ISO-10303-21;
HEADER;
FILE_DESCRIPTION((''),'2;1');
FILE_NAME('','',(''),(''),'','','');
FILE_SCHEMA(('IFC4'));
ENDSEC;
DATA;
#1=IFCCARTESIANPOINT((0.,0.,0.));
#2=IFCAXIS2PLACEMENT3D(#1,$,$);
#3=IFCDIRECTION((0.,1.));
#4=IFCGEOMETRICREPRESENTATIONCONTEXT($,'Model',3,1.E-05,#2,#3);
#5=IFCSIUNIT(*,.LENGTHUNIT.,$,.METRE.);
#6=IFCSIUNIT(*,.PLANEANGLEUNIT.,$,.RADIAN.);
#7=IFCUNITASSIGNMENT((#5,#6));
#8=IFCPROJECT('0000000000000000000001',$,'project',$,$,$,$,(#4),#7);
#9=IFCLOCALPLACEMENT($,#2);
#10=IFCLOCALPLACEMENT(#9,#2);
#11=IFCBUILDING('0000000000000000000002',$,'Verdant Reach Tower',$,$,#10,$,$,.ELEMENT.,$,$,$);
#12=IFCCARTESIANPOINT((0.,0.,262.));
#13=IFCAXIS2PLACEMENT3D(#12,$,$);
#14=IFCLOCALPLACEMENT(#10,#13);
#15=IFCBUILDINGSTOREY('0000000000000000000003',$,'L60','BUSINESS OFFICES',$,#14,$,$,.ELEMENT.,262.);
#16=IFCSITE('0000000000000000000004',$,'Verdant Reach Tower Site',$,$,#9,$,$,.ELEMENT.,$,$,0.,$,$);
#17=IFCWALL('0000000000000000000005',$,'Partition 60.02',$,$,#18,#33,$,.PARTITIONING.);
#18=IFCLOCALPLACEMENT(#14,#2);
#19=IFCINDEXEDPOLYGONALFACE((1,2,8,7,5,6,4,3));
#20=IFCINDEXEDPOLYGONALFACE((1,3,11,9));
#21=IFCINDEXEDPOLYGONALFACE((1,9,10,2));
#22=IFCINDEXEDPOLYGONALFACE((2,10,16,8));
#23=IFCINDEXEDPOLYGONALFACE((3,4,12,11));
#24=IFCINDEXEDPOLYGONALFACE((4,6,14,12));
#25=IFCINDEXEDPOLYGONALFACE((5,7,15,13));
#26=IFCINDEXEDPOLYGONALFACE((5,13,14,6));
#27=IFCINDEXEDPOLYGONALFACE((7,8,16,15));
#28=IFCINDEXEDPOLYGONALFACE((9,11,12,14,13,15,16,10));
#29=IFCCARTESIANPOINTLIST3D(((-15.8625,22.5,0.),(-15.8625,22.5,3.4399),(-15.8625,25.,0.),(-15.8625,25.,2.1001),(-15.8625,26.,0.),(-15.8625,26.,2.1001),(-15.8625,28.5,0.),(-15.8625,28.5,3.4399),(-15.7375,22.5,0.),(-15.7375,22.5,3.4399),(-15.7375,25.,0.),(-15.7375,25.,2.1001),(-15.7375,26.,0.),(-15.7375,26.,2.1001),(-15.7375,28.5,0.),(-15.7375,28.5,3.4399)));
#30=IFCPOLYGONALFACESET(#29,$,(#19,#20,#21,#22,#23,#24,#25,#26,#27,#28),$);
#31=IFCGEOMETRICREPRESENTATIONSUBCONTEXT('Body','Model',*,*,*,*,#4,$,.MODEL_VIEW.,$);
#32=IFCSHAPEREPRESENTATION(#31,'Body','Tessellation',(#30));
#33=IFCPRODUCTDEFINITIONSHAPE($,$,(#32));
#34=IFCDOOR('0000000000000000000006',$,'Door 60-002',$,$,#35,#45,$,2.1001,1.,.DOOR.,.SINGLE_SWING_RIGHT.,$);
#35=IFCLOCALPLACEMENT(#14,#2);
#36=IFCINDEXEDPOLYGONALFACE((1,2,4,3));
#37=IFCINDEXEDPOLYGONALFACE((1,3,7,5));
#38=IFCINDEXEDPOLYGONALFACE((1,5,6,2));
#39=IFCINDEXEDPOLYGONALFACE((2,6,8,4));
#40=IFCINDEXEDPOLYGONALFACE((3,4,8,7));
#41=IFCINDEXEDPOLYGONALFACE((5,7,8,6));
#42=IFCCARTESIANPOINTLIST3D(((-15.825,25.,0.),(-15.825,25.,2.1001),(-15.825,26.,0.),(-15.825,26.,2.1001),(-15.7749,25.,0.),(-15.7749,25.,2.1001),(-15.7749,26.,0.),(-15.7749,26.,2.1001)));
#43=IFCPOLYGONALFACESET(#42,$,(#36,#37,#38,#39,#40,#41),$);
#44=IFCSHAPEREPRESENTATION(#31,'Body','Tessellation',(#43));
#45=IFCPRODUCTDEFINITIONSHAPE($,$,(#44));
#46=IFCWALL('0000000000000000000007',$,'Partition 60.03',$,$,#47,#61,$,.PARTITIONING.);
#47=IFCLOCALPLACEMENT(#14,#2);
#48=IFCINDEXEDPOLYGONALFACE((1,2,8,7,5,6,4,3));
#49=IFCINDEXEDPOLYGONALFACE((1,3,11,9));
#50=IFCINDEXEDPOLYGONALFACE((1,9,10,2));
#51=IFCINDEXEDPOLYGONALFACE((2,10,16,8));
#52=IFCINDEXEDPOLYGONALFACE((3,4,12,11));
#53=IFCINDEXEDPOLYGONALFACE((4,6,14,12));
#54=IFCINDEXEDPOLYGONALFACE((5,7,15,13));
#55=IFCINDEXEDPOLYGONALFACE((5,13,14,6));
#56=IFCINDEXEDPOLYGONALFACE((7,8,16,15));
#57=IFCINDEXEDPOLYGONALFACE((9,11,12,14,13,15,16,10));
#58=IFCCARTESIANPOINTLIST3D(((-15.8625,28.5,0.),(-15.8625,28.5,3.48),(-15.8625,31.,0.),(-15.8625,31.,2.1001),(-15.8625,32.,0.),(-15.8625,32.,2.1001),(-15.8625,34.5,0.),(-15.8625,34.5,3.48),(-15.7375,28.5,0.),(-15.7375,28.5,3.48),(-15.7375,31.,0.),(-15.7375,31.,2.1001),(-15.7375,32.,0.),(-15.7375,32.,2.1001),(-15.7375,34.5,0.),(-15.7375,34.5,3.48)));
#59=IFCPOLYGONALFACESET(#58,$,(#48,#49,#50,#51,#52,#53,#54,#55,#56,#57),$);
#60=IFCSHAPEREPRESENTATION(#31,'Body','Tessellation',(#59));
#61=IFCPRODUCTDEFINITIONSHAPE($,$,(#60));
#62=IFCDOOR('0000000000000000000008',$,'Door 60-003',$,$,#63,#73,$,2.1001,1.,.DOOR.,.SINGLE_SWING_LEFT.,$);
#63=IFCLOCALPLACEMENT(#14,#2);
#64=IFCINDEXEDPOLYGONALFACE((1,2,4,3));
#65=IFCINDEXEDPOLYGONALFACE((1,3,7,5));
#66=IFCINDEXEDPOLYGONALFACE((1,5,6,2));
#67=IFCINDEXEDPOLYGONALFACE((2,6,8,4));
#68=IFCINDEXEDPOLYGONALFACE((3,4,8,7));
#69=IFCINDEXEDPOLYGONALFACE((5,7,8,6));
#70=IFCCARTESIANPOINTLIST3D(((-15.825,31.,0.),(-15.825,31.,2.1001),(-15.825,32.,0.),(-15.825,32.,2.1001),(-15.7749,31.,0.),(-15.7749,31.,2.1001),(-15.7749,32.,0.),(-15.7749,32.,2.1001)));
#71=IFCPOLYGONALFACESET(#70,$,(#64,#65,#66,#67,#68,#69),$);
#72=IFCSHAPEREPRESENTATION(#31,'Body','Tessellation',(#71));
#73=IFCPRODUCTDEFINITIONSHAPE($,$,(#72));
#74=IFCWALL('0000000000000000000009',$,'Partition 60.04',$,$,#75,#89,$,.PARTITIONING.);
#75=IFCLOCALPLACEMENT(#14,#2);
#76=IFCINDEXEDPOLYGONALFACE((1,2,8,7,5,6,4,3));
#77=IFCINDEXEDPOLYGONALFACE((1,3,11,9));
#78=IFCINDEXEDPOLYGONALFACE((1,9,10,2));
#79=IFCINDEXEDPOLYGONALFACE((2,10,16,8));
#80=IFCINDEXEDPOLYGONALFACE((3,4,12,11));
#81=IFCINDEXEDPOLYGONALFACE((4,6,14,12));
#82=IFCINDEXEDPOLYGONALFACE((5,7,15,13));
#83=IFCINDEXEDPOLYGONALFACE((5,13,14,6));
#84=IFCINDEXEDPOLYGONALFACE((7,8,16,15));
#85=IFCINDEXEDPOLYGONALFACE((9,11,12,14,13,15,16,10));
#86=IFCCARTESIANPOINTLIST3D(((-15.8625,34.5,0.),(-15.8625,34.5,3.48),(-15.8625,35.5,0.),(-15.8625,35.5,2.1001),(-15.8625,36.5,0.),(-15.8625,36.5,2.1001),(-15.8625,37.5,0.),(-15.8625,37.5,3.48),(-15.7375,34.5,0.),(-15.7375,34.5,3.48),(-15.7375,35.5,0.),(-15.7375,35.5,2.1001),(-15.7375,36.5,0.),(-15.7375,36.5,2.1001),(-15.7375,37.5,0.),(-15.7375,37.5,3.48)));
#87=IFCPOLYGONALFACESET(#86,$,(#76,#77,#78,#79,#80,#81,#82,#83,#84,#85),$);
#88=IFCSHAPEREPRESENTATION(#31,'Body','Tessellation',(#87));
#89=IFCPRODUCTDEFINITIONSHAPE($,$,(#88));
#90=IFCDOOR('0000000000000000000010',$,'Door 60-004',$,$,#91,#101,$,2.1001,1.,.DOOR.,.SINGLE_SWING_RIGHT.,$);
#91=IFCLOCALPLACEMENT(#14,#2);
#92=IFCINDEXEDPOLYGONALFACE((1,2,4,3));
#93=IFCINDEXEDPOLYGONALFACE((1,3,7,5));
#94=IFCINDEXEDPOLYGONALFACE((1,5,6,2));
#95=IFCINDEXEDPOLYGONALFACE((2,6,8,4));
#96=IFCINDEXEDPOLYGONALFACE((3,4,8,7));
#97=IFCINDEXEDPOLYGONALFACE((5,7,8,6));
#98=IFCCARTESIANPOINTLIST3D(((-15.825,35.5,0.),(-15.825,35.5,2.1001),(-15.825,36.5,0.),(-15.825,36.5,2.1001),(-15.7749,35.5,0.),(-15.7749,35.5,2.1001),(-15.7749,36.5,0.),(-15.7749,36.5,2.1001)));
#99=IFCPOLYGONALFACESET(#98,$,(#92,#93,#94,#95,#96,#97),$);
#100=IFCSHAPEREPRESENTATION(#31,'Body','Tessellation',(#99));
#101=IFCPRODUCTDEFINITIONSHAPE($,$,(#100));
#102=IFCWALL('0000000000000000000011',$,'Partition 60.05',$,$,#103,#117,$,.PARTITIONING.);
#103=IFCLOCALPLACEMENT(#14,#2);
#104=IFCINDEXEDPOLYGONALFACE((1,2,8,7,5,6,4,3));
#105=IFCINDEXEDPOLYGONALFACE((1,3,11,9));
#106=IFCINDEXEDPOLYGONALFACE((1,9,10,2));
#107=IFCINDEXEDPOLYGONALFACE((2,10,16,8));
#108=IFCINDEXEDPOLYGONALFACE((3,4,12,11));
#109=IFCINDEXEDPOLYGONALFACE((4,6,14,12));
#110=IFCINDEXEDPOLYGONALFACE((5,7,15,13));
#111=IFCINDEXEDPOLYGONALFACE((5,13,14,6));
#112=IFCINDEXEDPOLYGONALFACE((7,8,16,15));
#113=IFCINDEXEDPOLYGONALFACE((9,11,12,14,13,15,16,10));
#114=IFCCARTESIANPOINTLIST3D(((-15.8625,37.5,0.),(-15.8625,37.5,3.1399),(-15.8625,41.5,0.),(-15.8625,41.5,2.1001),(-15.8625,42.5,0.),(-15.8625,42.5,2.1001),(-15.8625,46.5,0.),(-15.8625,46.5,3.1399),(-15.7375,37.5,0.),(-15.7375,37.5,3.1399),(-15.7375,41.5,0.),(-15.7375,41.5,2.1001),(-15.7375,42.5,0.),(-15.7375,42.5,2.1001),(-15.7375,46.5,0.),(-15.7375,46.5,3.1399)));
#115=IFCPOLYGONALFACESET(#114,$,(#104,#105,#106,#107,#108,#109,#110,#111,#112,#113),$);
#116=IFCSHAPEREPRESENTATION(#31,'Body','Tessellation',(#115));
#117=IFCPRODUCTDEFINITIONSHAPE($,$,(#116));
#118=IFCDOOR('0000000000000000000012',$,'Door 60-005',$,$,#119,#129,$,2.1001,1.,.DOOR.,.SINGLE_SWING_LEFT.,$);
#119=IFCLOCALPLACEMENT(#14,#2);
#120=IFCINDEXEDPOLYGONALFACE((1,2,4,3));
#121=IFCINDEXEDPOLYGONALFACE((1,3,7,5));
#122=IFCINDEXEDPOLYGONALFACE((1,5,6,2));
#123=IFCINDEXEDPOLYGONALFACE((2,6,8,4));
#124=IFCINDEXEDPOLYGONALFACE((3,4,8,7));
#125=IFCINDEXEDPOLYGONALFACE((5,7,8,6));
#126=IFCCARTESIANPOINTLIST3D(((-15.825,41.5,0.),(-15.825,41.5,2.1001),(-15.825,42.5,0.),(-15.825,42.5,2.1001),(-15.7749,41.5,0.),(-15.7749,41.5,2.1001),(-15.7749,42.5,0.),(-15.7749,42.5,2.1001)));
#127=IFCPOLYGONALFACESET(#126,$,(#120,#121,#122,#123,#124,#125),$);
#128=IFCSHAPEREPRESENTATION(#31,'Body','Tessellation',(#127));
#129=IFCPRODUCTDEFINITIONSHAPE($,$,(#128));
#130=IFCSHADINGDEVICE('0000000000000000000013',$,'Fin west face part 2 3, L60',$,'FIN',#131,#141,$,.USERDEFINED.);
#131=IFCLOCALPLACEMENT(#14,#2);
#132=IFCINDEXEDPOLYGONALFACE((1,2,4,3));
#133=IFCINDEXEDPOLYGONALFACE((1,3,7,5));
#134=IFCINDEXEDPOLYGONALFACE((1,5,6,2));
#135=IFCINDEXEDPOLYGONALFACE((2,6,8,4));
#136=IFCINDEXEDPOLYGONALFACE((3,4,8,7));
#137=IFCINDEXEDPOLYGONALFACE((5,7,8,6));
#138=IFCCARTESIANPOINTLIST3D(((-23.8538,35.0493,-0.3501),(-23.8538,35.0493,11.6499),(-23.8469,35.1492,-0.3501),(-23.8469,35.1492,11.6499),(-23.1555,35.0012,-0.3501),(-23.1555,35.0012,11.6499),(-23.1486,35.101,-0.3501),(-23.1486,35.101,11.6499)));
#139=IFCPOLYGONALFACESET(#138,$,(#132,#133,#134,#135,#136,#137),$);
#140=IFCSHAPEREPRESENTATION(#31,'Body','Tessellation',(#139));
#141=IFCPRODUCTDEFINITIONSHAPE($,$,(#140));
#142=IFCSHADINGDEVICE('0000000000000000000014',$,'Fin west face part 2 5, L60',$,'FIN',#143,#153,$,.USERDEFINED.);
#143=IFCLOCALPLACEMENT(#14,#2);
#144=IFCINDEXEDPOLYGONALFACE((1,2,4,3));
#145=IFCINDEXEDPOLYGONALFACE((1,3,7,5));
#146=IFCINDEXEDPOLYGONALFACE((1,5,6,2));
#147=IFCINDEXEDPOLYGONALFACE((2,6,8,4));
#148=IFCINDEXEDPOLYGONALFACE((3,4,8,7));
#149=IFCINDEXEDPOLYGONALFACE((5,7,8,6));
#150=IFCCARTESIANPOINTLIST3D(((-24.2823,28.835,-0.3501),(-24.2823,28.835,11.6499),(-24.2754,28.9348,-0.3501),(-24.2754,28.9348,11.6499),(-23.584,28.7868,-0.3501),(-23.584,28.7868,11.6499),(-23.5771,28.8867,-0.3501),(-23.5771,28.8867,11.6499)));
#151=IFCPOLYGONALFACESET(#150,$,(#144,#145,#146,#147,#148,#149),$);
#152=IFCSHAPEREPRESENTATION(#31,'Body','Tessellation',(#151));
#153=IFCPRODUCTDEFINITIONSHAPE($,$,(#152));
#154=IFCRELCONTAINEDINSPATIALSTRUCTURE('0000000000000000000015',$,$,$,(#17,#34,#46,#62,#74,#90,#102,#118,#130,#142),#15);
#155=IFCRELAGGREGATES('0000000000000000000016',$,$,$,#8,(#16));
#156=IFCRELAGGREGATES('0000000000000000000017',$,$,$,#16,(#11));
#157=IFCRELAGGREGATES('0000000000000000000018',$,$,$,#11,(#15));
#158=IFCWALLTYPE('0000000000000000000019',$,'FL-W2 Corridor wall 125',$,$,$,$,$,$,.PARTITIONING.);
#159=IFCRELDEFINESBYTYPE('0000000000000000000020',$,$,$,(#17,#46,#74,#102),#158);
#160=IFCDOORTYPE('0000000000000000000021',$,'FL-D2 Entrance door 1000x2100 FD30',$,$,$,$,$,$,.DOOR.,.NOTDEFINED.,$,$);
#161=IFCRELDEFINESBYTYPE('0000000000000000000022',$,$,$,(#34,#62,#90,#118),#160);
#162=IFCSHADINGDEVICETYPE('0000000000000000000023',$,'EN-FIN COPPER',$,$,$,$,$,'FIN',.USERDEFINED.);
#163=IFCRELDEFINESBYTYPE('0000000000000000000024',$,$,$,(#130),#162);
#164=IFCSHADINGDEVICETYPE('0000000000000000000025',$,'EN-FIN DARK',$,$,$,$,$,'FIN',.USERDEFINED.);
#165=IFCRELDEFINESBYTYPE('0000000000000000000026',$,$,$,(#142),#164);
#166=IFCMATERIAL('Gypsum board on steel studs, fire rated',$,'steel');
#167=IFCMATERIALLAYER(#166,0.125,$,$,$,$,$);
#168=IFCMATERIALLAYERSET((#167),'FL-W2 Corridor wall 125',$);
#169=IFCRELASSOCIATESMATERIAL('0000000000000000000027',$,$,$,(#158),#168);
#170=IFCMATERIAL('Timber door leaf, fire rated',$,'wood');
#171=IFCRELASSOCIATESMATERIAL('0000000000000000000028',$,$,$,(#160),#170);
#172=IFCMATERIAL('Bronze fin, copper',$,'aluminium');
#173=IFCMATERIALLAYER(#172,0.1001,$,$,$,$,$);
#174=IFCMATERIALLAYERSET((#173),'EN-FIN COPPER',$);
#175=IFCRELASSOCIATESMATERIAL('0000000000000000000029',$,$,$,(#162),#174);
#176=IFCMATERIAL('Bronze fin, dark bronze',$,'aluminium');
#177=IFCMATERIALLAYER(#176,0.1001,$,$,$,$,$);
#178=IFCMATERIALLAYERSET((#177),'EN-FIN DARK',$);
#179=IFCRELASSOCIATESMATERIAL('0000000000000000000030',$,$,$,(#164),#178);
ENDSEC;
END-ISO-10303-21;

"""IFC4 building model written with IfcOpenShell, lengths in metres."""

from ifc_helpers import new_model, si_unit, direction, frame, frame_2d, origin, origin_2d, place, context, subcontext, project, spatial, rectangle, extrude, material, layer, layer_set, type_object, element, fill, save


model = new_model("IFC4")

# Units and contexts
model_context = context("Model", 3, precision=1e-05, world=origin(), true_north=direction((0.0, 1.0)))
body_context = subcontext(model_context, "Body", "Model", "MODEL_VIEW")
ifc_project = project(units=[si_unit("LENGTHUNIT", "METRE"), si_unit("PLANEANGLEUNIT", "RADIAN")], contexts=[model_context])

# Site, building, storey
site_placement = place(None, origin())
site = spatial("IfcSite", under=ifc_project, at=site_placement, Name="Verdant Reach Tower Site", CompositionType="ELEMENT", RefElevation=0.0)
building_placement = place(site_placement, origin())
building = spatial("IfcBuilding", under=site, at=building_placement, Name="Verdant Reach Tower", CompositionType="ELEMENT")
storey_placement = place(building_placement, frame((0.0, 0.0, 262.0)))
storey = spatial("IfcBuildingStorey", under=building, at=storey_placement, Name="L60", Description="BUSINESS OFFICES", CompositionType="ELEMENT", Elevation=262.0)

# Walls, openings, doors
ifc_material_1 = material(Name="Gypsum board on steel studs, fire rated", Category="steel")
ifc_layer_1 = layer(ifc_material_1, 0.125)
ifc_layer_set_1 = layer_set([ifc_layer_1], Name="FL-W2 Corridor wall 125")
wall_type_1 = type_object("IfcWallType", Name="FL-W2 Corridor wall 125", PredefinedType="PARTITIONING", material=ifc_layer_set_1)
wall_1_placement = place(storey_placement, frame((-15.8, 22.5, 0.0), z_axis=(0.0, 0.0, 1.0), x_axis=(0.0, 1.0, 0.0)))
wall_1 = element("IfcWall", 1, at=wall_1_placement, inside=storey, type_object=wall_type_1, Name="Partition 60.02", PredefinedType="PARTITIONING", context=body_context, shape_type="SweptSolid", body=[
    extrude(rectangle(XDim=6.0, YDim=0.125, at=frame_2d((3.0, 0.0))), origin(), (0.0, 0.0, 1.0), 3.4399),
])
opening_1_placement = place(wall_1_placement, frame((2.5, 0.0, 0.0)))
opening_1 = element("IfcOpeningElement", 2, at=opening_1_placement, cuts=wall_1, PredefinedType="OPENING", context=body_context, shape_type="SweptSolid", body=[
    extrude(rectangle(XDim=1.0, YDim=2.1001, at=frame_2d((0.5, 1.05))), frame((0.0, 0.0725, 0.0), z_axis=(0.0, -1.0, 0.0), x_axis=(1.0, 0.0, 0.0)), (0.0, 0.0, 1.0), 0.145),
])
ifc_material_2 = material(Name="Timber door leaf, fire rated", Category="wood")
door_type = type_object("IfcDoorType", Name="FL-D2 Entrance door 1000x2100 FD30", OperationType="NOTDEFINED", PredefinedType="DOOR", material=ifc_material_2)
door_1_placement = place(opening_1_placement, origin())
door_1 = element("IfcDoor", 3, at=door_1_placement, inside=storey, type_object=door_type, Name="Door 60-002", OperationType="SINGLE_SWING_RIGHT", OverallHeight=2.1001, OverallWidth=1.0, PredefinedType="DOOR", context=body_context, shape_type="SweptSolid", body=[
    extrude(rectangle(XDim=1.0, YDim=2.1001, at=frame_2d((0.5, 1.05))), frame((0.0, 0.0249, 0.0), z_axis=(0.0, -1.0, 0.0), x_axis=(1.0, 0.0, 0.0)), (0.0, 0.0, 1.0), 0.05),
])
fill(opening_1, door_1)
wall_2_placement = place(storey_placement, frame((-15.8, 28.5, 0.0), z_axis=(0.0, 0.0, 1.0), x_axis=(0.0, 1.0, 0.0)))
wall_2 = element("IfcWall", 4, at=wall_2_placement, inside=storey, type_object=wall_type_1, Name="Partition 60.03", PredefinedType="PARTITIONING", context=body_context, shape_type="SweptSolid", body=[
    extrude(rectangle(XDim=6.0, YDim=0.125, at=frame_2d((3.0, 0.0))), origin(), (0.0, 0.0, 1.0), 3.48),
])
opening_2_placement = place(wall_2_placement, frame((2.5, 0.0, 0.0)))
opening_2 = element("IfcOpeningElement", 5, at=opening_2_placement, cuts=wall_2, PredefinedType="OPENING", context=body_context, shape_type="SweptSolid", body=[
    extrude(rectangle(XDim=1.0, YDim=2.1001, at=frame_2d((0.5, 1.05))), frame((0.0, 0.0725, 0.0), z_axis=(0.0, -1.0, 0.0), x_axis=(1.0, 0.0, 0.0)), (0.0, 0.0, 1.0), 0.145),
])
door_2_placement = place(opening_2_placement, origin())
door_2 = element("IfcDoor", 6, at=door_2_placement, inside=storey, type_object=door_type, Name="Door 60-003", OperationType="SINGLE_SWING_LEFT", OverallHeight=2.1001, OverallWidth=1.0, PredefinedType="DOOR", context=body_context, shape_type="SweptSolid", body=[
    extrude(rectangle(XDim=1.0, YDim=2.1001, at=frame_2d((0.5, 1.05))), frame((0.0, 0.0249, 0.0), z_axis=(0.0, -1.0, 0.0), x_axis=(1.0, 0.0, 0.0)), (0.0, 0.0, 1.0), 0.05),
])
fill(opening_2, door_2)
wall_3_placement = place(storey_placement, frame((-15.8, 34.5, 0.0), z_axis=(0.0, 0.0, 1.0), x_axis=(0.0, 1.0, 0.0)))
wall_3 = element("IfcWall", 7, at=wall_3_placement, inside=storey, type_object=wall_type_1, Name="Partition 60.04", PredefinedType="PARTITIONING", context=body_context, shape_type="SweptSolid", body=[
    extrude(rectangle(XDim=3.0, YDim=0.125, at=frame_2d((1.5, 0.0))), origin(), (0.0, 0.0, 1.0), 3.48),
])
opening_3_placement = place(wall_3_placement, frame((1.0, 0.0, 0.0)))
opening_3 = element("IfcOpeningElement", 8, at=opening_3_placement, cuts=wall_3, PredefinedType="OPENING", context=body_context, shape_type="SweptSolid", body=[
    extrude(rectangle(XDim=1.0, YDim=2.1001, at=frame_2d((0.5, 1.05))), frame((0.0, 0.0725, 0.0), z_axis=(0.0, -1.0, 0.0), x_axis=(1.0, 0.0, 0.0)), (0.0, 0.0, 1.0), 0.145),
])
door_3_placement = place(opening_3_placement, origin())
door_3 = element("IfcDoor", 9, at=door_3_placement, inside=storey, type_object=door_type, Name="Door 60-004", OperationType="SINGLE_SWING_RIGHT", OverallHeight=2.1001, OverallWidth=1.0, PredefinedType="DOOR", context=body_context, shape_type="SweptSolid", body=[
    extrude(rectangle(XDim=1.0, YDim=2.1001, at=frame_2d((0.5, 1.05))), frame((0.0, 0.0249, 0.0), z_axis=(0.0, -1.0, 0.0), x_axis=(1.0, 0.0, 0.0)), (0.0, 0.0, 1.0), 0.05),
])
fill(opening_3, door_3)
wall_4_placement = place(storey_placement, frame((-15.8, 37.5, 0.0), z_axis=(0.0, 0.0, 1.0), x_axis=(0.0, 1.0, 0.0)))
wall_4 = element("IfcWall", 10, at=wall_4_placement, inside=storey, type_object=wall_type_1, Name="Partition 60.05", PredefinedType="PARTITIONING", context=body_context, shape_type="SweptSolid", body=[
    extrude(rectangle(XDim=9.0, YDim=0.125, at=frame_2d((4.5, 0.0))), origin(), (0.0, 0.0, 1.0), 3.1399),
])
opening_4_placement = place(wall_4_placement, frame((4.0, 0.0, 0.0)))
opening_4 = element("IfcOpeningElement", 11, at=opening_4_placement, cuts=wall_4, PredefinedType="OPENING", context=body_context, shape_type="SweptSolid", body=[
    extrude(rectangle(XDim=1.0, YDim=2.1001, at=frame_2d((0.5, 1.05))), frame((0.0, 0.0725, 0.0), z_axis=(0.0, -1.0, 0.0), x_axis=(1.0, 0.0, 0.0)), (0.0, 0.0, 1.0), 0.145),
])
door_4_placement = place(opening_4_placement, origin())
door_4 = element("IfcDoor", 12, at=door_4_placement, inside=storey, type_object=door_type, Name="Door 60-005", OperationType="SINGLE_SWING_LEFT", OverallHeight=2.1001, OverallWidth=1.0, PredefinedType="DOOR", context=body_context, shape_type="SweptSolid", body=[
    extrude(rectangle(XDim=1.0, YDim=2.1001, at=frame_2d((0.5, 1.05))), frame((0.0, 0.0249, 0.0), z_axis=(0.0, -1.0, 0.0), x_axis=(1.0, 0.0, 0.0)), (0.0, 0.0, 1.0), 0.05),
])
fill(opening_4, door_4)

# Shading devices
ifc_material_3 = material(Name="Bronze fin, copper", Category="aluminium")
ifc_layer_2 = layer(ifc_material_3, 0.1001)
ifc_layer_set_2 = layer_set([ifc_layer_2], Name="EN-FIN COPPER")
shading_device_type_1 = type_object("IfcShadingDeviceType", Name="EN-FIN COPPER", ElementType="FIN", PredefinedType="USERDEFINED", material=ifc_layer_set_2)
shading_device_1_placement = place(storey_placement, frame((-23.5012, 35.0752, -0.3501), z_axis=(0.0, 0.0, 1.0), x_axis=(-0.068802, -0.99763, 0.0)))
element("IfcShadingDevice", 13, at=shading_device_1_placement, inside=storey, type_object=shading_device_type_1, Name="Fin west face part 2 3, L60", ObjectType="FIN", PredefinedType="USERDEFINED", context=body_context, shape_type="SweptSolid", body=[
    extrude(rectangle(XDim=0.1001, YDim=0.7, at=origin_2d()), origin(), (0.0, 0.0, 1.0), 12.0),
])
ifc_material_4 = material(Name="Bronze fin, dark bronze", Category="aluminium")
ifc_layer_3 = layer(ifc_material_4, 0.1001)
ifc_layer_set_3 = layer_set([ifc_layer_3], Name="EN-FIN DARK")
shading_device_type_2 = type_object("IfcShadingDeviceType", Name="EN-FIN DARK", ElementType="FIN", PredefinedType="USERDEFINED", material=ifc_layer_set_3)
shading_device_2_placement = place(storey_placement, frame((-23.9297, 28.8608, -0.3501), z_axis=(0.0, 0.0, 1.0), x_axis=(-0.068802, -0.99763, 0.0)))
element("IfcShadingDevice", 14, at=shading_device_2_placement, inside=storey, type_object=shading_device_type_2, Name="Fin west face part 2 5, L60", ObjectType="FIN", PredefinedType="USERDEFINED", context=body_context, shape_type="SweptSolid", body=[
    extrude(rectangle(XDim=0.1001, YDim=0.7, at=origin_2d()), origin(), (0.0, 0.0, 1.0), 12.0),
])

save(model, "model.ifc")
